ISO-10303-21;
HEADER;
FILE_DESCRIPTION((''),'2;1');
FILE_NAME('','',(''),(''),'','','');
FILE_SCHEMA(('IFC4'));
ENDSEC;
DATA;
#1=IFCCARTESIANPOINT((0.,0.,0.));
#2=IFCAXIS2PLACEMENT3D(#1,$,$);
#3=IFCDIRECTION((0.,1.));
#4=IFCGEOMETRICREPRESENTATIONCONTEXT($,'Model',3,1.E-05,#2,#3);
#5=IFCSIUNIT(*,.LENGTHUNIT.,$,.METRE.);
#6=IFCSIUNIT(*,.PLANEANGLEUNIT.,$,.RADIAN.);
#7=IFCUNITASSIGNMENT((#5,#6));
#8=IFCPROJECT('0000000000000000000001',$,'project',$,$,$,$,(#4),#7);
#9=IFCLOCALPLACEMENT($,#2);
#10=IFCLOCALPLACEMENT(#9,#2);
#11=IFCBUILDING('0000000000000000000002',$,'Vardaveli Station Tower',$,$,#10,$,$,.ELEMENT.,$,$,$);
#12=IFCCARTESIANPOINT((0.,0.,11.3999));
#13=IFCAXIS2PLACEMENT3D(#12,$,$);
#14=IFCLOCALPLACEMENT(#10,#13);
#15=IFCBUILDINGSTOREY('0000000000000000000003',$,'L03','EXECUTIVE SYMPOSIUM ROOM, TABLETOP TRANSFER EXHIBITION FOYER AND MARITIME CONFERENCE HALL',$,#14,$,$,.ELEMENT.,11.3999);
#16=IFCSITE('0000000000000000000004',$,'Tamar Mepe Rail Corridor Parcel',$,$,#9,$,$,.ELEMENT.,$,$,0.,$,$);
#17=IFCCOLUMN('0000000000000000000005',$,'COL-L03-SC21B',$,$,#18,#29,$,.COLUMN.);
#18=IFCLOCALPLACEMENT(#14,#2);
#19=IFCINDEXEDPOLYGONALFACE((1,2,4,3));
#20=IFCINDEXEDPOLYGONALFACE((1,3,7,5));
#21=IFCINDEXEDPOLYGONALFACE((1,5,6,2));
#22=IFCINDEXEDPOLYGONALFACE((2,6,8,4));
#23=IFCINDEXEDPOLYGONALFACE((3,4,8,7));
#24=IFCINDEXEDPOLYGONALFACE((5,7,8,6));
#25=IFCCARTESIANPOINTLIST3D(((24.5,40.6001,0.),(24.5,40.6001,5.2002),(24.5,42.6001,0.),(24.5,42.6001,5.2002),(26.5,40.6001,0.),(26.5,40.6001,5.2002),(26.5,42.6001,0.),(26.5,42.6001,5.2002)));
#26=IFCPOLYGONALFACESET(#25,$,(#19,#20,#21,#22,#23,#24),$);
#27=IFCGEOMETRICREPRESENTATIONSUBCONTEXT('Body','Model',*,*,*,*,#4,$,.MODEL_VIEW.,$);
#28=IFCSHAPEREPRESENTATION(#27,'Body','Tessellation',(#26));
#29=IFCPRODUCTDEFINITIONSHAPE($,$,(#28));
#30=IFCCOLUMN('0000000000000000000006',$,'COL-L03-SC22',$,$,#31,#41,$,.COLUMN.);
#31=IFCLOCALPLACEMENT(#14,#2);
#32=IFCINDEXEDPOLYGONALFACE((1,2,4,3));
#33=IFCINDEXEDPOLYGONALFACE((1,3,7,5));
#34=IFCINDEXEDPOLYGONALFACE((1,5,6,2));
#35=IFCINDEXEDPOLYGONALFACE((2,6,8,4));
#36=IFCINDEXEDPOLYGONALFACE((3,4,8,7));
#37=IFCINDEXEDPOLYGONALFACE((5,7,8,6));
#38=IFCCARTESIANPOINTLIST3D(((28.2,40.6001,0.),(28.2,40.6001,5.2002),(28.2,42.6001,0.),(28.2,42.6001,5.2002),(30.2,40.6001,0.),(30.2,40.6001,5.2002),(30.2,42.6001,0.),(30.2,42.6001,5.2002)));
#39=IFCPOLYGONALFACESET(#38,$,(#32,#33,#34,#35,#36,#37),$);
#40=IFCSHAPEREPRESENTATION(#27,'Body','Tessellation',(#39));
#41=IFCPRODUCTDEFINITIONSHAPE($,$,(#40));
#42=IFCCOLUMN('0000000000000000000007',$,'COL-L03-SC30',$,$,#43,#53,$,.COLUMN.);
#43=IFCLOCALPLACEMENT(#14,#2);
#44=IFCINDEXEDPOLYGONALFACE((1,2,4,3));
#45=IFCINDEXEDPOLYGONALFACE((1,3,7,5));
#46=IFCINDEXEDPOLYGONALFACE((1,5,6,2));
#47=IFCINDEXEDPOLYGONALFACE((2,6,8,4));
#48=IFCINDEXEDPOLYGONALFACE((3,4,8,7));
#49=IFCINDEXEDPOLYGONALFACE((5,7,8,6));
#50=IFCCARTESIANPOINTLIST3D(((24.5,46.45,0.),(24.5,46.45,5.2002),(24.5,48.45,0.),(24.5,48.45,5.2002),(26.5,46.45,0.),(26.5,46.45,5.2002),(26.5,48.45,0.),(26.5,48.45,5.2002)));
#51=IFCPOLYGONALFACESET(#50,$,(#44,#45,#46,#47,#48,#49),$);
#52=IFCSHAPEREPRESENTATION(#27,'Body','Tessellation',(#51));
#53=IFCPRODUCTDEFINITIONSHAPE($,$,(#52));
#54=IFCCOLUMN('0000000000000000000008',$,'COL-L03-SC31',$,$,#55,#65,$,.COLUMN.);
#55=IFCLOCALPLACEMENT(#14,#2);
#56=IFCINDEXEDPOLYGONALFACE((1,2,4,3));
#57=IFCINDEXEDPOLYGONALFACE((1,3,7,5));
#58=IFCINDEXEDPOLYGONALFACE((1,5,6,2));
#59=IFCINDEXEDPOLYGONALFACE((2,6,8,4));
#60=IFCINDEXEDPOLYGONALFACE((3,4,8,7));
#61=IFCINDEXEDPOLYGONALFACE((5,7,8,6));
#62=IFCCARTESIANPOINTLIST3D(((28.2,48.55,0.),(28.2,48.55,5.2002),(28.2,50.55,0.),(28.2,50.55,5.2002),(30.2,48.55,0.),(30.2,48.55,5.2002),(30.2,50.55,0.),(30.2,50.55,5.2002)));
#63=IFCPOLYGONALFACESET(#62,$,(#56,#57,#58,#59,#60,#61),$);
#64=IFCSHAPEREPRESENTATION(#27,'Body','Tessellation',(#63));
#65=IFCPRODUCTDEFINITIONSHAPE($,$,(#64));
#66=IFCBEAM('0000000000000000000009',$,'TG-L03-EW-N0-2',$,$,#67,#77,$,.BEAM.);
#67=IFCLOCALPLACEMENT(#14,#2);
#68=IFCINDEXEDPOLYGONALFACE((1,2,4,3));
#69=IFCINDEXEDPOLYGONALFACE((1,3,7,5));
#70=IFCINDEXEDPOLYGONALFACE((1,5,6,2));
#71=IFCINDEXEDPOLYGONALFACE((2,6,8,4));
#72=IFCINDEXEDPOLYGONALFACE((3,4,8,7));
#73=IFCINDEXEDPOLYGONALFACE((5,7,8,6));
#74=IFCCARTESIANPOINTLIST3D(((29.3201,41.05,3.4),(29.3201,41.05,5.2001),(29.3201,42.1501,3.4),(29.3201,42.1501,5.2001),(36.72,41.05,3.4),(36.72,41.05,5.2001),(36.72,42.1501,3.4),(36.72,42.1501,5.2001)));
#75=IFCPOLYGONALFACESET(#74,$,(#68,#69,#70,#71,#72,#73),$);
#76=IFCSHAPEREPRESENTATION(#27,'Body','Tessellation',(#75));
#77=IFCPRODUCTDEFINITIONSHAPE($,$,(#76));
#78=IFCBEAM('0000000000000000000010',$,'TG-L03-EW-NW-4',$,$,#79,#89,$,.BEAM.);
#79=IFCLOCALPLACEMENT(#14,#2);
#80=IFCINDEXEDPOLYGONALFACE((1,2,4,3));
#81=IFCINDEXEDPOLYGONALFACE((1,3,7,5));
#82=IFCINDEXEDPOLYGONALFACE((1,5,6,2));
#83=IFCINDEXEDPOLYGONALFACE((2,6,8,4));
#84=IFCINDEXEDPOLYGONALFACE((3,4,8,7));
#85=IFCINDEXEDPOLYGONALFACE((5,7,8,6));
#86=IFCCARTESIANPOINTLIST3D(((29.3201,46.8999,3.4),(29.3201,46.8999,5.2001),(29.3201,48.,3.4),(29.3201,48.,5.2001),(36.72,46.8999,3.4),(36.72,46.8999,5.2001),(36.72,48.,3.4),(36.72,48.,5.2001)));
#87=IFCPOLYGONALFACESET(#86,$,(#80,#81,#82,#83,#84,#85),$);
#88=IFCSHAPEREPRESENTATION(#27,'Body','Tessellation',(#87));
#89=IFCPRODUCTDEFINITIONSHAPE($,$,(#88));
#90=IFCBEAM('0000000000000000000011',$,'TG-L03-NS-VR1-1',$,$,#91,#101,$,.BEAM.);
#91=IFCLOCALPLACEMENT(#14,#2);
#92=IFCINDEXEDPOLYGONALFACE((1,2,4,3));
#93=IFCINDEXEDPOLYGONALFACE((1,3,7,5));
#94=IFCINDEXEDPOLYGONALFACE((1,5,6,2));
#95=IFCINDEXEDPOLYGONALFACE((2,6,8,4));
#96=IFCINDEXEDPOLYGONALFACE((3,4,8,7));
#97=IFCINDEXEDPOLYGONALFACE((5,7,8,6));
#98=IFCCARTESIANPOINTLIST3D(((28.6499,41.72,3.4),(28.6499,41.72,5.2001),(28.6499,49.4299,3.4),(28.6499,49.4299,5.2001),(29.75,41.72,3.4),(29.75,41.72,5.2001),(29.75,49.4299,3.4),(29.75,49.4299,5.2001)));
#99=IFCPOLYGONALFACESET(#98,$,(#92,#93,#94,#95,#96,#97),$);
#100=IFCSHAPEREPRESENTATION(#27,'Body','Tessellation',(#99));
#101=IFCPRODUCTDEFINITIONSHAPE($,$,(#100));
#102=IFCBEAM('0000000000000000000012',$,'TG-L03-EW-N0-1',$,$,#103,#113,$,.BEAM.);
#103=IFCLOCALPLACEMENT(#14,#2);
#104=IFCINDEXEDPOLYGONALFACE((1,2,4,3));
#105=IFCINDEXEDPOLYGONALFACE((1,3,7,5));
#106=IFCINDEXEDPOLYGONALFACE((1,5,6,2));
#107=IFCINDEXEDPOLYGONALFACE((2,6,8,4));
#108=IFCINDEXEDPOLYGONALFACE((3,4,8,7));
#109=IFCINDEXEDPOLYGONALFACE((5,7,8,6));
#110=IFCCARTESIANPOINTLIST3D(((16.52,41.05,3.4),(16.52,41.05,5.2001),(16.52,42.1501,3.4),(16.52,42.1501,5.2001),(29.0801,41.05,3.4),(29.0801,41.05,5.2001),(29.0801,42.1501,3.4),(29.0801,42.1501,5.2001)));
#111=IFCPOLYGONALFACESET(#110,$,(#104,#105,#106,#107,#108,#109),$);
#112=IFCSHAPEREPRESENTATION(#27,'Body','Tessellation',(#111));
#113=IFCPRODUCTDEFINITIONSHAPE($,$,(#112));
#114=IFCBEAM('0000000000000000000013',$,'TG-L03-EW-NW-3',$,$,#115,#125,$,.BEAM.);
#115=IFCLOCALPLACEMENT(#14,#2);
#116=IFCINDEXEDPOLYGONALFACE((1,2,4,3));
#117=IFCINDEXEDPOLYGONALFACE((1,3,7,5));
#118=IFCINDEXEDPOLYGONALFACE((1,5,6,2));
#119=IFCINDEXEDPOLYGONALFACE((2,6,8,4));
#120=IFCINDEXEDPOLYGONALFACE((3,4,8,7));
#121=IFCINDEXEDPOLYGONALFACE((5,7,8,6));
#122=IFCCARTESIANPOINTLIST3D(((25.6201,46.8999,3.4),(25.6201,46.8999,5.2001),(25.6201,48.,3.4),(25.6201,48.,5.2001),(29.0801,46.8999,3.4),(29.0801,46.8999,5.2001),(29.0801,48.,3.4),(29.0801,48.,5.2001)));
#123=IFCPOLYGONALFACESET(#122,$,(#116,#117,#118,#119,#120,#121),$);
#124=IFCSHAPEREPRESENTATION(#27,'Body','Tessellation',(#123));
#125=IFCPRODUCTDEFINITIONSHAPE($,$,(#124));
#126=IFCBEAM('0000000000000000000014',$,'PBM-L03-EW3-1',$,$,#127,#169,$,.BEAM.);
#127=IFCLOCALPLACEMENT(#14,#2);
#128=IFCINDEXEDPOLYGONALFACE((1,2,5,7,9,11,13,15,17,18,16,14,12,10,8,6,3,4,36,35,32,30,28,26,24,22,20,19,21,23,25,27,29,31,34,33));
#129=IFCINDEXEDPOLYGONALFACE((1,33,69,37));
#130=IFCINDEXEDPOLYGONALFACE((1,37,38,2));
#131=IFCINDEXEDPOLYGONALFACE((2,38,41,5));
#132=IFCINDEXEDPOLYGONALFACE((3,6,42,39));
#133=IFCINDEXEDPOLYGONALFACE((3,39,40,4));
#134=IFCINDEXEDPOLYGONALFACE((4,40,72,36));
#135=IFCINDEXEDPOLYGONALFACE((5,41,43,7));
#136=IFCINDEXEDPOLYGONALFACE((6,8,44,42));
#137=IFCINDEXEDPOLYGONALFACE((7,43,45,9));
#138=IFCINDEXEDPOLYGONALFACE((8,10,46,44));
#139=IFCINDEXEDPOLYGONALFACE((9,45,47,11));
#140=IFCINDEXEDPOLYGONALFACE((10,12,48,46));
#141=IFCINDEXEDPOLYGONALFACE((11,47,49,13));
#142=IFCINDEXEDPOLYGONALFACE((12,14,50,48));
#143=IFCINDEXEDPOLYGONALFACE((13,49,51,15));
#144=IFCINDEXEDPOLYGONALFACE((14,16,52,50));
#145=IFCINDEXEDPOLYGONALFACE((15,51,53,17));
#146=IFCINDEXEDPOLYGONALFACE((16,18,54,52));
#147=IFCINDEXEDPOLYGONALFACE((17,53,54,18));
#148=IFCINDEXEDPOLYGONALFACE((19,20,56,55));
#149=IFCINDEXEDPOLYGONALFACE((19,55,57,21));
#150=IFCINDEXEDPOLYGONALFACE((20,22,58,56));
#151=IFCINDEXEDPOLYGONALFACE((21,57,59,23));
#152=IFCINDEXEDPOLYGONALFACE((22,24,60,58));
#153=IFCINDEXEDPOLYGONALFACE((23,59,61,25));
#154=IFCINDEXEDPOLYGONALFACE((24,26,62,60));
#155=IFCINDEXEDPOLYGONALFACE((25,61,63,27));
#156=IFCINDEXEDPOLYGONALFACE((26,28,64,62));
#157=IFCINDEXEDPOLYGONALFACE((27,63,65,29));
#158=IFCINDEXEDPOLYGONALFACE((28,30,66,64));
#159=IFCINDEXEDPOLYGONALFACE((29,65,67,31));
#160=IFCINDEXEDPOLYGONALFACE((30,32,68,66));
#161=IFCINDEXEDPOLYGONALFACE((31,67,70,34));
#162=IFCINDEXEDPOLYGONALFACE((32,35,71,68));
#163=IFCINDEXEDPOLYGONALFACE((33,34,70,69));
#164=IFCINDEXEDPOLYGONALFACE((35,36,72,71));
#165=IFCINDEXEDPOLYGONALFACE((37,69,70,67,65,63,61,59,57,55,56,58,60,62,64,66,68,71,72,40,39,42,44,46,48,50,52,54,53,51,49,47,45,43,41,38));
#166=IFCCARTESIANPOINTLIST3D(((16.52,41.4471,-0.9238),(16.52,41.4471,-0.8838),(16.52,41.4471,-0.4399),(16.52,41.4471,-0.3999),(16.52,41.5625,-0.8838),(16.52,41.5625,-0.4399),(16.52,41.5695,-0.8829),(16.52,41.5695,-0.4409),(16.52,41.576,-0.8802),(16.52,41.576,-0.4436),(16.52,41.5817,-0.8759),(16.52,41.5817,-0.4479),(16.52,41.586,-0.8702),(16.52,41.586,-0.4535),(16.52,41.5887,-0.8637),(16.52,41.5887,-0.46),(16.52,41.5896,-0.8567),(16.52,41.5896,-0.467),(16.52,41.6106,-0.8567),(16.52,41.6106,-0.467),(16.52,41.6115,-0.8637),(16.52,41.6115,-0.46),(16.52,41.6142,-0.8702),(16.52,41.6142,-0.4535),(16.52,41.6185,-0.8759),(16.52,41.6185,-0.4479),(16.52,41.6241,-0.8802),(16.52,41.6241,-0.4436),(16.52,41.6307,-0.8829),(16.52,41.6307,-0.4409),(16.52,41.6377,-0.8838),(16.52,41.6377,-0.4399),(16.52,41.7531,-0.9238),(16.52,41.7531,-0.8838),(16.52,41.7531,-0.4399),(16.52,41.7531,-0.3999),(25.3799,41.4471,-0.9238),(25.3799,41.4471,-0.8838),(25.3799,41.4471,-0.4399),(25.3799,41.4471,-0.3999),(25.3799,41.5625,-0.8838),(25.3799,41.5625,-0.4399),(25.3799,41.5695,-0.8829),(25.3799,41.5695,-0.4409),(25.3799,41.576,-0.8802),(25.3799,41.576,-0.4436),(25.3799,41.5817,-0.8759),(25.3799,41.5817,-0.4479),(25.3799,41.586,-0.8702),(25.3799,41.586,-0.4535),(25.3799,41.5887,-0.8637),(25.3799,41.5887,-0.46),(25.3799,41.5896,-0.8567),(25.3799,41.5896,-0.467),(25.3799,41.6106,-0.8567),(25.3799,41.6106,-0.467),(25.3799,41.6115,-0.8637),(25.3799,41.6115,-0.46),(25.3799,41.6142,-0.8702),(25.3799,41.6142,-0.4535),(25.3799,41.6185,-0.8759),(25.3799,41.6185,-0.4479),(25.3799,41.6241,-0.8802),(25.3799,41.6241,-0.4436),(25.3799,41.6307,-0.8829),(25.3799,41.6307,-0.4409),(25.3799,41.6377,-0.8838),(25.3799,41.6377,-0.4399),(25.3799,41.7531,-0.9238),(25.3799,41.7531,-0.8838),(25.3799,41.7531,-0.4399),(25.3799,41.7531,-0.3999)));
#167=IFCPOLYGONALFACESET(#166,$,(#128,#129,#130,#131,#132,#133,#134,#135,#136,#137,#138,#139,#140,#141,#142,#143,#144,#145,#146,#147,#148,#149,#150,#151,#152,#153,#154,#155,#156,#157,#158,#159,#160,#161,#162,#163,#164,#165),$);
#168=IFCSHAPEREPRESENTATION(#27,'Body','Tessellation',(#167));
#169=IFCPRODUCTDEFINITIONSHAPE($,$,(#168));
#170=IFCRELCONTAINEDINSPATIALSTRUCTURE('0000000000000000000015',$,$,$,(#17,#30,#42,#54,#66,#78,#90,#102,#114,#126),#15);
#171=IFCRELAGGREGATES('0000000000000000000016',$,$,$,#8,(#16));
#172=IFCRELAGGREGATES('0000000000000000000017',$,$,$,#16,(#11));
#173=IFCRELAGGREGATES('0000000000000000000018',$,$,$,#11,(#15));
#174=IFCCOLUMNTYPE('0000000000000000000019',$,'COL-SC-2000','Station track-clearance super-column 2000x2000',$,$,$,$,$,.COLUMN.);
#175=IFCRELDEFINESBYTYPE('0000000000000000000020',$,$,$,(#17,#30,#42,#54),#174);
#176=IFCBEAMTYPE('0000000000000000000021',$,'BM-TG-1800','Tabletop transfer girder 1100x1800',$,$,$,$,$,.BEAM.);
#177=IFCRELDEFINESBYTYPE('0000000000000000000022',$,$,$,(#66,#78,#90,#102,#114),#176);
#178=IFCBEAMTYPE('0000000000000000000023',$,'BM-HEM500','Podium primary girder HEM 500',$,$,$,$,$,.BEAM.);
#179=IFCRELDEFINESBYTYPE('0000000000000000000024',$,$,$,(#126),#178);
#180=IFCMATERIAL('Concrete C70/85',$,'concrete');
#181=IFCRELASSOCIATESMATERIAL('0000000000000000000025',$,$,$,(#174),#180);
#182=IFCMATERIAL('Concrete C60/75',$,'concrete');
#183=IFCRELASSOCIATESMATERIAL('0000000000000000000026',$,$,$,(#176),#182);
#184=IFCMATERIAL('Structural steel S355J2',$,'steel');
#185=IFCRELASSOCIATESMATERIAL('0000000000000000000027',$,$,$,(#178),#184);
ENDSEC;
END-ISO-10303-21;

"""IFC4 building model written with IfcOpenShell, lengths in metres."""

from ifc_helpers import new_model, si_unit, direction, frame, origin, origin_2d, place, context, subcontext, project, spatial, rectangle, i_section, extrude, source, transform, mapped, material, material_profile, profile_set, type_object, element, save


model = new_model("IFC4")

# Units and contexts
model_context = context("Model", 3, precision=1e-05, world=origin(), true_north=direction((0.0, 1.0)))
body_context = subcontext(model_context, "Body", "Model", "MODEL_VIEW")
ifc_project = project(units=[si_unit("LENGTHUNIT", "METRE"), si_unit("PLANEANGLEUNIT", "RADIAN")], contexts=[model_context])

# Site, building, storey
site_placement = place(None, origin())
site = spatial("IfcSite", under=ifc_project, at=site_placement, Name="Tamar Mepe Rail Corridor Parcel", CompositionType="ELEMENT", RefElevation=0.0)
building_placement = place(site_placement, origin())
building = spatial("IfcBuilding", under=site, at=building_placement, Name="Vardaveli Station Tower", CompositionType="ELEMENT")
storey_placement = place(building_placement, frame((0.0, 0.0, 11.3999)))
storey = spatial("IfcBuildingStorey", under=building, at=storey_placement, Name="L03", Description="EXECUTIVE SYMPOSIUM ROOM, TABLETOP TRANSFER EXHIBITION FOYER AND MARITIME CONFERENCE HALL", CompositionType="ELEMENT", Elevation=11.3999)

# Columns
ifc_material_1 = material(Name="Concrete C70/85", Category="concrete")
ifc_material_profile_1 = material_profile(ifc_material_1, rectangle(XDim=2.0, YDim=2.0, at=origin_2d()), Name="SC 2000x2000")
ifc_profile_set_1 = profile_set([ifc_material_profile_1], Name="Concrete C70/85")
column_type = type_object("IfcColumnType", Name="COL-SC-2000", Description="Station track-clearance super-column 2000x2000", PredefinedType="COLUMN", material=ifc_profile_set_1)
shared_shape_1 = source(origin(), body_context, "Body", "SweptSolid", [
    extrude(rectangle(XDim=2.0, YDim=2.0, at=origin_2d()), origin(), (0.0, 0.0, 1.0), 5.2002),
])
for number, where, z_axis, x_axis, name in (
    (1, (25.5, 41.6001, 0.0), (0.0, 0.0, 1.0), (1.0, 0.0, 0.0), "COL-L03-SC21B"),
    (2, (29.2, 41.6001, 0.0), (0.0, 0.0, 1.0), (1.0, 0.0, 0.0), "COL-L03-SC22"),
    (3, (25.5, 47.45, 0.0), (0.0, 0.0, 1.0), (1.0, 0.0, 0.0), "COL-L03-SC30"),
    (4, (29.2, 49.55, 0.0), (0.0, 0.0, 1.0), (1.0, 0.0, 0.0), "COL-L03-SC31"),
):
    element("IfcColumn", number, at=place(storey_placement, frame(where, z_axis=z_axis, x_axis=x_axis)), inside=storey, type_object=column_type, Name=name, PredefinedType="COLUMN", context=body_context, shape_type="MappedRepresentation", body=[
        mapped(shared_shape_1, transform((0.0, 0.0, 0.0), scale=1.0)),
    ])

# Beams
ifc_material_2 = material(Name="Concrete C60/75", Category="concrete")
ifc_material_profile_2 = material_profile(ifc_material_2, rectangle(XDim=1.1001, YDim=1.8, at=origin_2d()), Name="TG 1100x1800")
ifc_profile_set_2 = profile_set([ifc_material_profile_2], Name="Concrete C60/75")
beam_type_1 = type_object("IfcBeamType", Name="BM-TG-1800", Description="Tabletop transfer girder 1100x1800", PredefinedType="BEAM", material=ifc_profile_set_2)
shared_shape_2 = source(origin(), body_context, "Body", "SweptSolid", [
    extrude(rectangle(XDim=1.1001, YDim=1.8, at=origin_2d()), origin(), (0.0, 0.0, 1.0), 7.3999),
])
for number, where, z_axis, x_axis, name in (
    (5, (29.3201, 41.6001, 4.3), (1.0, 0.0, 0.0), (0.0, 1.0, 0.0), "TG-L03-EW-N0-2"),
    (6, (29.3201, 47.45, 4.3), (1.0, 0.0, 0.0), (0.0, 1.0, 0.0), "TG-L03-EW-NW-4"),
):
    element("IfcBeam", number, at=place(storey_placement, frame(where, z_axis=z_axis, x_axis=x_axis)), inside=storey, type_object=beam_type_1, Name=name, PredefinedType="BEAM", context=body_context, shape_type="MappedRepresentation", body=[
        mapped(shared_shape_2, transform((0.0, 0.0, 0.0), scale=1.0)),
    ])
shared_shape_3 = source(origin(), body_context, "Body", "SweptSolid", [
    extrude(rectangle(XDim=1.1001, YDim=1.8, at=origin_2d()), origin(), (0.0, 0.0, 1.0), 7.71),
])
beam_1_placement = place(storey_placement, frame((29.2, 41.72, 4.3), z_axis=(0.0, 1.0, 0.0), x_axis=(-1.0, 0.0, 0.0)))
element("IfcBeam", 7, at=beam_1_placement, inside=storey, type_object=beam_type_1, Name="TG-L03-NS-VR1-1", PredefinedType="BEAM", context=body_context, shape_type="MappedRepresentation", body=[
    mapped(shared_shape_3, transform((0.0, 0.0, 0.0), scale=1.0)),
])
shared_shape_4 = source(origin(), body_context, "Body", "SweptSolid", [
    extrude(rectangle(XDim=1.1001, YDim=1.8, at=origin_2d()), origin(), (0.0, 0.0, 1.0), 12.5601),
])
beam_2_placement = place(storey_placement, frame((16.52, 41.6001, 4.3), z_axis=(1.0, 0.0, 0.0), x_axis=(0.0, 1.0, 0.0)))
element("IfcBeam", 8, at=beam_2_placement, inside=storey, type_object=beam_type_1, Name="TG-L03-EW-N0-1", PredefinedType="BEAM", context=body_context, shape_type="MappedRepresentation", body=[
    mapped(shared_shape_4, transform((0.0, 0.0, 0.0), scale=1.0)),
])
shared_shape_5 = source(origin(), body_context, "Body", "SweptSolid", [
    extrude(rectangle(XDim=1.1001, YDim=1.8, at=origin_2d()), origin(), (0.0, 0.0, 1.0), 3.46),
])
beam_3_placement = place(storey_placement, frame((25.6201, 47.45, 4.3), z_axis=(1.0, 0.0, 0.0), x_axis=(0.0, 1.0, 0.0)))
element("IfcBeam", 9, at=beam_3_placement, inside=storey, type_object=beam_type_1, Name="TG-L03-EW-NW-3", PredefinedType="BEAM", context=body_context, shape_type="MappedRepresentation", body=[
    mapped(shared_shape_5, transform((0.0, 0.0, 0.0), scale=1.0)),
])
ifc_material_3 = material(Name="Structural steel S355J2", Category="steel")
ifc_material_profile_3 = material_profile(ifc_material_3, i_section(OverallWidth=0.3059, OverallDepth=0.5239, WebThickness=0.021, FlangeThickness=0.04, FilletRadius=0.0271, at=origin_2d()), Name="HEM 500")
ifc_profile_set_3 = profile_set([ifc_material_profile_3], Name="Structural steel S355J2")
beam_type_2 = type_object("IfcBeamType", Name="BM-HEM500", Description="Podium primary girder HEM 500", PredefinedType="BEAM", material=ifc_profile_set_3)
shared_shape_6 = source(origin(), body_context, "Body", "SweptSolid", [
    extrude(i_section(OverallWidth=0.3059, OverallDepth=0.5239, WebThickness=0.021, FlangeThickness=0.04, FilletRadius=0.0271, at=origin_2d()), origin(), (0.0, 0.0, 1.0), 8.8599),
])
beam_4_placement = place(storey_placement, frame((16.52, 41.6001, -0.6619), z_axis=(1.0, 0.0, 0.0), x_axis=(0.0, 1.0, 0.0)))
element("IfcBeam", 10, at=beam_4_placement, inside=storey, type_object=beam_type_2, Name="PBM-L03-EW3-1", PredefinedType="BEAM", context=body_context, shape_type="MappedRepresentation", body=[
    mapped(shared_shape_6, transform((0.0, 0.0, 0.0), scale=1.0)),
])

save(model, "model.ifc")
